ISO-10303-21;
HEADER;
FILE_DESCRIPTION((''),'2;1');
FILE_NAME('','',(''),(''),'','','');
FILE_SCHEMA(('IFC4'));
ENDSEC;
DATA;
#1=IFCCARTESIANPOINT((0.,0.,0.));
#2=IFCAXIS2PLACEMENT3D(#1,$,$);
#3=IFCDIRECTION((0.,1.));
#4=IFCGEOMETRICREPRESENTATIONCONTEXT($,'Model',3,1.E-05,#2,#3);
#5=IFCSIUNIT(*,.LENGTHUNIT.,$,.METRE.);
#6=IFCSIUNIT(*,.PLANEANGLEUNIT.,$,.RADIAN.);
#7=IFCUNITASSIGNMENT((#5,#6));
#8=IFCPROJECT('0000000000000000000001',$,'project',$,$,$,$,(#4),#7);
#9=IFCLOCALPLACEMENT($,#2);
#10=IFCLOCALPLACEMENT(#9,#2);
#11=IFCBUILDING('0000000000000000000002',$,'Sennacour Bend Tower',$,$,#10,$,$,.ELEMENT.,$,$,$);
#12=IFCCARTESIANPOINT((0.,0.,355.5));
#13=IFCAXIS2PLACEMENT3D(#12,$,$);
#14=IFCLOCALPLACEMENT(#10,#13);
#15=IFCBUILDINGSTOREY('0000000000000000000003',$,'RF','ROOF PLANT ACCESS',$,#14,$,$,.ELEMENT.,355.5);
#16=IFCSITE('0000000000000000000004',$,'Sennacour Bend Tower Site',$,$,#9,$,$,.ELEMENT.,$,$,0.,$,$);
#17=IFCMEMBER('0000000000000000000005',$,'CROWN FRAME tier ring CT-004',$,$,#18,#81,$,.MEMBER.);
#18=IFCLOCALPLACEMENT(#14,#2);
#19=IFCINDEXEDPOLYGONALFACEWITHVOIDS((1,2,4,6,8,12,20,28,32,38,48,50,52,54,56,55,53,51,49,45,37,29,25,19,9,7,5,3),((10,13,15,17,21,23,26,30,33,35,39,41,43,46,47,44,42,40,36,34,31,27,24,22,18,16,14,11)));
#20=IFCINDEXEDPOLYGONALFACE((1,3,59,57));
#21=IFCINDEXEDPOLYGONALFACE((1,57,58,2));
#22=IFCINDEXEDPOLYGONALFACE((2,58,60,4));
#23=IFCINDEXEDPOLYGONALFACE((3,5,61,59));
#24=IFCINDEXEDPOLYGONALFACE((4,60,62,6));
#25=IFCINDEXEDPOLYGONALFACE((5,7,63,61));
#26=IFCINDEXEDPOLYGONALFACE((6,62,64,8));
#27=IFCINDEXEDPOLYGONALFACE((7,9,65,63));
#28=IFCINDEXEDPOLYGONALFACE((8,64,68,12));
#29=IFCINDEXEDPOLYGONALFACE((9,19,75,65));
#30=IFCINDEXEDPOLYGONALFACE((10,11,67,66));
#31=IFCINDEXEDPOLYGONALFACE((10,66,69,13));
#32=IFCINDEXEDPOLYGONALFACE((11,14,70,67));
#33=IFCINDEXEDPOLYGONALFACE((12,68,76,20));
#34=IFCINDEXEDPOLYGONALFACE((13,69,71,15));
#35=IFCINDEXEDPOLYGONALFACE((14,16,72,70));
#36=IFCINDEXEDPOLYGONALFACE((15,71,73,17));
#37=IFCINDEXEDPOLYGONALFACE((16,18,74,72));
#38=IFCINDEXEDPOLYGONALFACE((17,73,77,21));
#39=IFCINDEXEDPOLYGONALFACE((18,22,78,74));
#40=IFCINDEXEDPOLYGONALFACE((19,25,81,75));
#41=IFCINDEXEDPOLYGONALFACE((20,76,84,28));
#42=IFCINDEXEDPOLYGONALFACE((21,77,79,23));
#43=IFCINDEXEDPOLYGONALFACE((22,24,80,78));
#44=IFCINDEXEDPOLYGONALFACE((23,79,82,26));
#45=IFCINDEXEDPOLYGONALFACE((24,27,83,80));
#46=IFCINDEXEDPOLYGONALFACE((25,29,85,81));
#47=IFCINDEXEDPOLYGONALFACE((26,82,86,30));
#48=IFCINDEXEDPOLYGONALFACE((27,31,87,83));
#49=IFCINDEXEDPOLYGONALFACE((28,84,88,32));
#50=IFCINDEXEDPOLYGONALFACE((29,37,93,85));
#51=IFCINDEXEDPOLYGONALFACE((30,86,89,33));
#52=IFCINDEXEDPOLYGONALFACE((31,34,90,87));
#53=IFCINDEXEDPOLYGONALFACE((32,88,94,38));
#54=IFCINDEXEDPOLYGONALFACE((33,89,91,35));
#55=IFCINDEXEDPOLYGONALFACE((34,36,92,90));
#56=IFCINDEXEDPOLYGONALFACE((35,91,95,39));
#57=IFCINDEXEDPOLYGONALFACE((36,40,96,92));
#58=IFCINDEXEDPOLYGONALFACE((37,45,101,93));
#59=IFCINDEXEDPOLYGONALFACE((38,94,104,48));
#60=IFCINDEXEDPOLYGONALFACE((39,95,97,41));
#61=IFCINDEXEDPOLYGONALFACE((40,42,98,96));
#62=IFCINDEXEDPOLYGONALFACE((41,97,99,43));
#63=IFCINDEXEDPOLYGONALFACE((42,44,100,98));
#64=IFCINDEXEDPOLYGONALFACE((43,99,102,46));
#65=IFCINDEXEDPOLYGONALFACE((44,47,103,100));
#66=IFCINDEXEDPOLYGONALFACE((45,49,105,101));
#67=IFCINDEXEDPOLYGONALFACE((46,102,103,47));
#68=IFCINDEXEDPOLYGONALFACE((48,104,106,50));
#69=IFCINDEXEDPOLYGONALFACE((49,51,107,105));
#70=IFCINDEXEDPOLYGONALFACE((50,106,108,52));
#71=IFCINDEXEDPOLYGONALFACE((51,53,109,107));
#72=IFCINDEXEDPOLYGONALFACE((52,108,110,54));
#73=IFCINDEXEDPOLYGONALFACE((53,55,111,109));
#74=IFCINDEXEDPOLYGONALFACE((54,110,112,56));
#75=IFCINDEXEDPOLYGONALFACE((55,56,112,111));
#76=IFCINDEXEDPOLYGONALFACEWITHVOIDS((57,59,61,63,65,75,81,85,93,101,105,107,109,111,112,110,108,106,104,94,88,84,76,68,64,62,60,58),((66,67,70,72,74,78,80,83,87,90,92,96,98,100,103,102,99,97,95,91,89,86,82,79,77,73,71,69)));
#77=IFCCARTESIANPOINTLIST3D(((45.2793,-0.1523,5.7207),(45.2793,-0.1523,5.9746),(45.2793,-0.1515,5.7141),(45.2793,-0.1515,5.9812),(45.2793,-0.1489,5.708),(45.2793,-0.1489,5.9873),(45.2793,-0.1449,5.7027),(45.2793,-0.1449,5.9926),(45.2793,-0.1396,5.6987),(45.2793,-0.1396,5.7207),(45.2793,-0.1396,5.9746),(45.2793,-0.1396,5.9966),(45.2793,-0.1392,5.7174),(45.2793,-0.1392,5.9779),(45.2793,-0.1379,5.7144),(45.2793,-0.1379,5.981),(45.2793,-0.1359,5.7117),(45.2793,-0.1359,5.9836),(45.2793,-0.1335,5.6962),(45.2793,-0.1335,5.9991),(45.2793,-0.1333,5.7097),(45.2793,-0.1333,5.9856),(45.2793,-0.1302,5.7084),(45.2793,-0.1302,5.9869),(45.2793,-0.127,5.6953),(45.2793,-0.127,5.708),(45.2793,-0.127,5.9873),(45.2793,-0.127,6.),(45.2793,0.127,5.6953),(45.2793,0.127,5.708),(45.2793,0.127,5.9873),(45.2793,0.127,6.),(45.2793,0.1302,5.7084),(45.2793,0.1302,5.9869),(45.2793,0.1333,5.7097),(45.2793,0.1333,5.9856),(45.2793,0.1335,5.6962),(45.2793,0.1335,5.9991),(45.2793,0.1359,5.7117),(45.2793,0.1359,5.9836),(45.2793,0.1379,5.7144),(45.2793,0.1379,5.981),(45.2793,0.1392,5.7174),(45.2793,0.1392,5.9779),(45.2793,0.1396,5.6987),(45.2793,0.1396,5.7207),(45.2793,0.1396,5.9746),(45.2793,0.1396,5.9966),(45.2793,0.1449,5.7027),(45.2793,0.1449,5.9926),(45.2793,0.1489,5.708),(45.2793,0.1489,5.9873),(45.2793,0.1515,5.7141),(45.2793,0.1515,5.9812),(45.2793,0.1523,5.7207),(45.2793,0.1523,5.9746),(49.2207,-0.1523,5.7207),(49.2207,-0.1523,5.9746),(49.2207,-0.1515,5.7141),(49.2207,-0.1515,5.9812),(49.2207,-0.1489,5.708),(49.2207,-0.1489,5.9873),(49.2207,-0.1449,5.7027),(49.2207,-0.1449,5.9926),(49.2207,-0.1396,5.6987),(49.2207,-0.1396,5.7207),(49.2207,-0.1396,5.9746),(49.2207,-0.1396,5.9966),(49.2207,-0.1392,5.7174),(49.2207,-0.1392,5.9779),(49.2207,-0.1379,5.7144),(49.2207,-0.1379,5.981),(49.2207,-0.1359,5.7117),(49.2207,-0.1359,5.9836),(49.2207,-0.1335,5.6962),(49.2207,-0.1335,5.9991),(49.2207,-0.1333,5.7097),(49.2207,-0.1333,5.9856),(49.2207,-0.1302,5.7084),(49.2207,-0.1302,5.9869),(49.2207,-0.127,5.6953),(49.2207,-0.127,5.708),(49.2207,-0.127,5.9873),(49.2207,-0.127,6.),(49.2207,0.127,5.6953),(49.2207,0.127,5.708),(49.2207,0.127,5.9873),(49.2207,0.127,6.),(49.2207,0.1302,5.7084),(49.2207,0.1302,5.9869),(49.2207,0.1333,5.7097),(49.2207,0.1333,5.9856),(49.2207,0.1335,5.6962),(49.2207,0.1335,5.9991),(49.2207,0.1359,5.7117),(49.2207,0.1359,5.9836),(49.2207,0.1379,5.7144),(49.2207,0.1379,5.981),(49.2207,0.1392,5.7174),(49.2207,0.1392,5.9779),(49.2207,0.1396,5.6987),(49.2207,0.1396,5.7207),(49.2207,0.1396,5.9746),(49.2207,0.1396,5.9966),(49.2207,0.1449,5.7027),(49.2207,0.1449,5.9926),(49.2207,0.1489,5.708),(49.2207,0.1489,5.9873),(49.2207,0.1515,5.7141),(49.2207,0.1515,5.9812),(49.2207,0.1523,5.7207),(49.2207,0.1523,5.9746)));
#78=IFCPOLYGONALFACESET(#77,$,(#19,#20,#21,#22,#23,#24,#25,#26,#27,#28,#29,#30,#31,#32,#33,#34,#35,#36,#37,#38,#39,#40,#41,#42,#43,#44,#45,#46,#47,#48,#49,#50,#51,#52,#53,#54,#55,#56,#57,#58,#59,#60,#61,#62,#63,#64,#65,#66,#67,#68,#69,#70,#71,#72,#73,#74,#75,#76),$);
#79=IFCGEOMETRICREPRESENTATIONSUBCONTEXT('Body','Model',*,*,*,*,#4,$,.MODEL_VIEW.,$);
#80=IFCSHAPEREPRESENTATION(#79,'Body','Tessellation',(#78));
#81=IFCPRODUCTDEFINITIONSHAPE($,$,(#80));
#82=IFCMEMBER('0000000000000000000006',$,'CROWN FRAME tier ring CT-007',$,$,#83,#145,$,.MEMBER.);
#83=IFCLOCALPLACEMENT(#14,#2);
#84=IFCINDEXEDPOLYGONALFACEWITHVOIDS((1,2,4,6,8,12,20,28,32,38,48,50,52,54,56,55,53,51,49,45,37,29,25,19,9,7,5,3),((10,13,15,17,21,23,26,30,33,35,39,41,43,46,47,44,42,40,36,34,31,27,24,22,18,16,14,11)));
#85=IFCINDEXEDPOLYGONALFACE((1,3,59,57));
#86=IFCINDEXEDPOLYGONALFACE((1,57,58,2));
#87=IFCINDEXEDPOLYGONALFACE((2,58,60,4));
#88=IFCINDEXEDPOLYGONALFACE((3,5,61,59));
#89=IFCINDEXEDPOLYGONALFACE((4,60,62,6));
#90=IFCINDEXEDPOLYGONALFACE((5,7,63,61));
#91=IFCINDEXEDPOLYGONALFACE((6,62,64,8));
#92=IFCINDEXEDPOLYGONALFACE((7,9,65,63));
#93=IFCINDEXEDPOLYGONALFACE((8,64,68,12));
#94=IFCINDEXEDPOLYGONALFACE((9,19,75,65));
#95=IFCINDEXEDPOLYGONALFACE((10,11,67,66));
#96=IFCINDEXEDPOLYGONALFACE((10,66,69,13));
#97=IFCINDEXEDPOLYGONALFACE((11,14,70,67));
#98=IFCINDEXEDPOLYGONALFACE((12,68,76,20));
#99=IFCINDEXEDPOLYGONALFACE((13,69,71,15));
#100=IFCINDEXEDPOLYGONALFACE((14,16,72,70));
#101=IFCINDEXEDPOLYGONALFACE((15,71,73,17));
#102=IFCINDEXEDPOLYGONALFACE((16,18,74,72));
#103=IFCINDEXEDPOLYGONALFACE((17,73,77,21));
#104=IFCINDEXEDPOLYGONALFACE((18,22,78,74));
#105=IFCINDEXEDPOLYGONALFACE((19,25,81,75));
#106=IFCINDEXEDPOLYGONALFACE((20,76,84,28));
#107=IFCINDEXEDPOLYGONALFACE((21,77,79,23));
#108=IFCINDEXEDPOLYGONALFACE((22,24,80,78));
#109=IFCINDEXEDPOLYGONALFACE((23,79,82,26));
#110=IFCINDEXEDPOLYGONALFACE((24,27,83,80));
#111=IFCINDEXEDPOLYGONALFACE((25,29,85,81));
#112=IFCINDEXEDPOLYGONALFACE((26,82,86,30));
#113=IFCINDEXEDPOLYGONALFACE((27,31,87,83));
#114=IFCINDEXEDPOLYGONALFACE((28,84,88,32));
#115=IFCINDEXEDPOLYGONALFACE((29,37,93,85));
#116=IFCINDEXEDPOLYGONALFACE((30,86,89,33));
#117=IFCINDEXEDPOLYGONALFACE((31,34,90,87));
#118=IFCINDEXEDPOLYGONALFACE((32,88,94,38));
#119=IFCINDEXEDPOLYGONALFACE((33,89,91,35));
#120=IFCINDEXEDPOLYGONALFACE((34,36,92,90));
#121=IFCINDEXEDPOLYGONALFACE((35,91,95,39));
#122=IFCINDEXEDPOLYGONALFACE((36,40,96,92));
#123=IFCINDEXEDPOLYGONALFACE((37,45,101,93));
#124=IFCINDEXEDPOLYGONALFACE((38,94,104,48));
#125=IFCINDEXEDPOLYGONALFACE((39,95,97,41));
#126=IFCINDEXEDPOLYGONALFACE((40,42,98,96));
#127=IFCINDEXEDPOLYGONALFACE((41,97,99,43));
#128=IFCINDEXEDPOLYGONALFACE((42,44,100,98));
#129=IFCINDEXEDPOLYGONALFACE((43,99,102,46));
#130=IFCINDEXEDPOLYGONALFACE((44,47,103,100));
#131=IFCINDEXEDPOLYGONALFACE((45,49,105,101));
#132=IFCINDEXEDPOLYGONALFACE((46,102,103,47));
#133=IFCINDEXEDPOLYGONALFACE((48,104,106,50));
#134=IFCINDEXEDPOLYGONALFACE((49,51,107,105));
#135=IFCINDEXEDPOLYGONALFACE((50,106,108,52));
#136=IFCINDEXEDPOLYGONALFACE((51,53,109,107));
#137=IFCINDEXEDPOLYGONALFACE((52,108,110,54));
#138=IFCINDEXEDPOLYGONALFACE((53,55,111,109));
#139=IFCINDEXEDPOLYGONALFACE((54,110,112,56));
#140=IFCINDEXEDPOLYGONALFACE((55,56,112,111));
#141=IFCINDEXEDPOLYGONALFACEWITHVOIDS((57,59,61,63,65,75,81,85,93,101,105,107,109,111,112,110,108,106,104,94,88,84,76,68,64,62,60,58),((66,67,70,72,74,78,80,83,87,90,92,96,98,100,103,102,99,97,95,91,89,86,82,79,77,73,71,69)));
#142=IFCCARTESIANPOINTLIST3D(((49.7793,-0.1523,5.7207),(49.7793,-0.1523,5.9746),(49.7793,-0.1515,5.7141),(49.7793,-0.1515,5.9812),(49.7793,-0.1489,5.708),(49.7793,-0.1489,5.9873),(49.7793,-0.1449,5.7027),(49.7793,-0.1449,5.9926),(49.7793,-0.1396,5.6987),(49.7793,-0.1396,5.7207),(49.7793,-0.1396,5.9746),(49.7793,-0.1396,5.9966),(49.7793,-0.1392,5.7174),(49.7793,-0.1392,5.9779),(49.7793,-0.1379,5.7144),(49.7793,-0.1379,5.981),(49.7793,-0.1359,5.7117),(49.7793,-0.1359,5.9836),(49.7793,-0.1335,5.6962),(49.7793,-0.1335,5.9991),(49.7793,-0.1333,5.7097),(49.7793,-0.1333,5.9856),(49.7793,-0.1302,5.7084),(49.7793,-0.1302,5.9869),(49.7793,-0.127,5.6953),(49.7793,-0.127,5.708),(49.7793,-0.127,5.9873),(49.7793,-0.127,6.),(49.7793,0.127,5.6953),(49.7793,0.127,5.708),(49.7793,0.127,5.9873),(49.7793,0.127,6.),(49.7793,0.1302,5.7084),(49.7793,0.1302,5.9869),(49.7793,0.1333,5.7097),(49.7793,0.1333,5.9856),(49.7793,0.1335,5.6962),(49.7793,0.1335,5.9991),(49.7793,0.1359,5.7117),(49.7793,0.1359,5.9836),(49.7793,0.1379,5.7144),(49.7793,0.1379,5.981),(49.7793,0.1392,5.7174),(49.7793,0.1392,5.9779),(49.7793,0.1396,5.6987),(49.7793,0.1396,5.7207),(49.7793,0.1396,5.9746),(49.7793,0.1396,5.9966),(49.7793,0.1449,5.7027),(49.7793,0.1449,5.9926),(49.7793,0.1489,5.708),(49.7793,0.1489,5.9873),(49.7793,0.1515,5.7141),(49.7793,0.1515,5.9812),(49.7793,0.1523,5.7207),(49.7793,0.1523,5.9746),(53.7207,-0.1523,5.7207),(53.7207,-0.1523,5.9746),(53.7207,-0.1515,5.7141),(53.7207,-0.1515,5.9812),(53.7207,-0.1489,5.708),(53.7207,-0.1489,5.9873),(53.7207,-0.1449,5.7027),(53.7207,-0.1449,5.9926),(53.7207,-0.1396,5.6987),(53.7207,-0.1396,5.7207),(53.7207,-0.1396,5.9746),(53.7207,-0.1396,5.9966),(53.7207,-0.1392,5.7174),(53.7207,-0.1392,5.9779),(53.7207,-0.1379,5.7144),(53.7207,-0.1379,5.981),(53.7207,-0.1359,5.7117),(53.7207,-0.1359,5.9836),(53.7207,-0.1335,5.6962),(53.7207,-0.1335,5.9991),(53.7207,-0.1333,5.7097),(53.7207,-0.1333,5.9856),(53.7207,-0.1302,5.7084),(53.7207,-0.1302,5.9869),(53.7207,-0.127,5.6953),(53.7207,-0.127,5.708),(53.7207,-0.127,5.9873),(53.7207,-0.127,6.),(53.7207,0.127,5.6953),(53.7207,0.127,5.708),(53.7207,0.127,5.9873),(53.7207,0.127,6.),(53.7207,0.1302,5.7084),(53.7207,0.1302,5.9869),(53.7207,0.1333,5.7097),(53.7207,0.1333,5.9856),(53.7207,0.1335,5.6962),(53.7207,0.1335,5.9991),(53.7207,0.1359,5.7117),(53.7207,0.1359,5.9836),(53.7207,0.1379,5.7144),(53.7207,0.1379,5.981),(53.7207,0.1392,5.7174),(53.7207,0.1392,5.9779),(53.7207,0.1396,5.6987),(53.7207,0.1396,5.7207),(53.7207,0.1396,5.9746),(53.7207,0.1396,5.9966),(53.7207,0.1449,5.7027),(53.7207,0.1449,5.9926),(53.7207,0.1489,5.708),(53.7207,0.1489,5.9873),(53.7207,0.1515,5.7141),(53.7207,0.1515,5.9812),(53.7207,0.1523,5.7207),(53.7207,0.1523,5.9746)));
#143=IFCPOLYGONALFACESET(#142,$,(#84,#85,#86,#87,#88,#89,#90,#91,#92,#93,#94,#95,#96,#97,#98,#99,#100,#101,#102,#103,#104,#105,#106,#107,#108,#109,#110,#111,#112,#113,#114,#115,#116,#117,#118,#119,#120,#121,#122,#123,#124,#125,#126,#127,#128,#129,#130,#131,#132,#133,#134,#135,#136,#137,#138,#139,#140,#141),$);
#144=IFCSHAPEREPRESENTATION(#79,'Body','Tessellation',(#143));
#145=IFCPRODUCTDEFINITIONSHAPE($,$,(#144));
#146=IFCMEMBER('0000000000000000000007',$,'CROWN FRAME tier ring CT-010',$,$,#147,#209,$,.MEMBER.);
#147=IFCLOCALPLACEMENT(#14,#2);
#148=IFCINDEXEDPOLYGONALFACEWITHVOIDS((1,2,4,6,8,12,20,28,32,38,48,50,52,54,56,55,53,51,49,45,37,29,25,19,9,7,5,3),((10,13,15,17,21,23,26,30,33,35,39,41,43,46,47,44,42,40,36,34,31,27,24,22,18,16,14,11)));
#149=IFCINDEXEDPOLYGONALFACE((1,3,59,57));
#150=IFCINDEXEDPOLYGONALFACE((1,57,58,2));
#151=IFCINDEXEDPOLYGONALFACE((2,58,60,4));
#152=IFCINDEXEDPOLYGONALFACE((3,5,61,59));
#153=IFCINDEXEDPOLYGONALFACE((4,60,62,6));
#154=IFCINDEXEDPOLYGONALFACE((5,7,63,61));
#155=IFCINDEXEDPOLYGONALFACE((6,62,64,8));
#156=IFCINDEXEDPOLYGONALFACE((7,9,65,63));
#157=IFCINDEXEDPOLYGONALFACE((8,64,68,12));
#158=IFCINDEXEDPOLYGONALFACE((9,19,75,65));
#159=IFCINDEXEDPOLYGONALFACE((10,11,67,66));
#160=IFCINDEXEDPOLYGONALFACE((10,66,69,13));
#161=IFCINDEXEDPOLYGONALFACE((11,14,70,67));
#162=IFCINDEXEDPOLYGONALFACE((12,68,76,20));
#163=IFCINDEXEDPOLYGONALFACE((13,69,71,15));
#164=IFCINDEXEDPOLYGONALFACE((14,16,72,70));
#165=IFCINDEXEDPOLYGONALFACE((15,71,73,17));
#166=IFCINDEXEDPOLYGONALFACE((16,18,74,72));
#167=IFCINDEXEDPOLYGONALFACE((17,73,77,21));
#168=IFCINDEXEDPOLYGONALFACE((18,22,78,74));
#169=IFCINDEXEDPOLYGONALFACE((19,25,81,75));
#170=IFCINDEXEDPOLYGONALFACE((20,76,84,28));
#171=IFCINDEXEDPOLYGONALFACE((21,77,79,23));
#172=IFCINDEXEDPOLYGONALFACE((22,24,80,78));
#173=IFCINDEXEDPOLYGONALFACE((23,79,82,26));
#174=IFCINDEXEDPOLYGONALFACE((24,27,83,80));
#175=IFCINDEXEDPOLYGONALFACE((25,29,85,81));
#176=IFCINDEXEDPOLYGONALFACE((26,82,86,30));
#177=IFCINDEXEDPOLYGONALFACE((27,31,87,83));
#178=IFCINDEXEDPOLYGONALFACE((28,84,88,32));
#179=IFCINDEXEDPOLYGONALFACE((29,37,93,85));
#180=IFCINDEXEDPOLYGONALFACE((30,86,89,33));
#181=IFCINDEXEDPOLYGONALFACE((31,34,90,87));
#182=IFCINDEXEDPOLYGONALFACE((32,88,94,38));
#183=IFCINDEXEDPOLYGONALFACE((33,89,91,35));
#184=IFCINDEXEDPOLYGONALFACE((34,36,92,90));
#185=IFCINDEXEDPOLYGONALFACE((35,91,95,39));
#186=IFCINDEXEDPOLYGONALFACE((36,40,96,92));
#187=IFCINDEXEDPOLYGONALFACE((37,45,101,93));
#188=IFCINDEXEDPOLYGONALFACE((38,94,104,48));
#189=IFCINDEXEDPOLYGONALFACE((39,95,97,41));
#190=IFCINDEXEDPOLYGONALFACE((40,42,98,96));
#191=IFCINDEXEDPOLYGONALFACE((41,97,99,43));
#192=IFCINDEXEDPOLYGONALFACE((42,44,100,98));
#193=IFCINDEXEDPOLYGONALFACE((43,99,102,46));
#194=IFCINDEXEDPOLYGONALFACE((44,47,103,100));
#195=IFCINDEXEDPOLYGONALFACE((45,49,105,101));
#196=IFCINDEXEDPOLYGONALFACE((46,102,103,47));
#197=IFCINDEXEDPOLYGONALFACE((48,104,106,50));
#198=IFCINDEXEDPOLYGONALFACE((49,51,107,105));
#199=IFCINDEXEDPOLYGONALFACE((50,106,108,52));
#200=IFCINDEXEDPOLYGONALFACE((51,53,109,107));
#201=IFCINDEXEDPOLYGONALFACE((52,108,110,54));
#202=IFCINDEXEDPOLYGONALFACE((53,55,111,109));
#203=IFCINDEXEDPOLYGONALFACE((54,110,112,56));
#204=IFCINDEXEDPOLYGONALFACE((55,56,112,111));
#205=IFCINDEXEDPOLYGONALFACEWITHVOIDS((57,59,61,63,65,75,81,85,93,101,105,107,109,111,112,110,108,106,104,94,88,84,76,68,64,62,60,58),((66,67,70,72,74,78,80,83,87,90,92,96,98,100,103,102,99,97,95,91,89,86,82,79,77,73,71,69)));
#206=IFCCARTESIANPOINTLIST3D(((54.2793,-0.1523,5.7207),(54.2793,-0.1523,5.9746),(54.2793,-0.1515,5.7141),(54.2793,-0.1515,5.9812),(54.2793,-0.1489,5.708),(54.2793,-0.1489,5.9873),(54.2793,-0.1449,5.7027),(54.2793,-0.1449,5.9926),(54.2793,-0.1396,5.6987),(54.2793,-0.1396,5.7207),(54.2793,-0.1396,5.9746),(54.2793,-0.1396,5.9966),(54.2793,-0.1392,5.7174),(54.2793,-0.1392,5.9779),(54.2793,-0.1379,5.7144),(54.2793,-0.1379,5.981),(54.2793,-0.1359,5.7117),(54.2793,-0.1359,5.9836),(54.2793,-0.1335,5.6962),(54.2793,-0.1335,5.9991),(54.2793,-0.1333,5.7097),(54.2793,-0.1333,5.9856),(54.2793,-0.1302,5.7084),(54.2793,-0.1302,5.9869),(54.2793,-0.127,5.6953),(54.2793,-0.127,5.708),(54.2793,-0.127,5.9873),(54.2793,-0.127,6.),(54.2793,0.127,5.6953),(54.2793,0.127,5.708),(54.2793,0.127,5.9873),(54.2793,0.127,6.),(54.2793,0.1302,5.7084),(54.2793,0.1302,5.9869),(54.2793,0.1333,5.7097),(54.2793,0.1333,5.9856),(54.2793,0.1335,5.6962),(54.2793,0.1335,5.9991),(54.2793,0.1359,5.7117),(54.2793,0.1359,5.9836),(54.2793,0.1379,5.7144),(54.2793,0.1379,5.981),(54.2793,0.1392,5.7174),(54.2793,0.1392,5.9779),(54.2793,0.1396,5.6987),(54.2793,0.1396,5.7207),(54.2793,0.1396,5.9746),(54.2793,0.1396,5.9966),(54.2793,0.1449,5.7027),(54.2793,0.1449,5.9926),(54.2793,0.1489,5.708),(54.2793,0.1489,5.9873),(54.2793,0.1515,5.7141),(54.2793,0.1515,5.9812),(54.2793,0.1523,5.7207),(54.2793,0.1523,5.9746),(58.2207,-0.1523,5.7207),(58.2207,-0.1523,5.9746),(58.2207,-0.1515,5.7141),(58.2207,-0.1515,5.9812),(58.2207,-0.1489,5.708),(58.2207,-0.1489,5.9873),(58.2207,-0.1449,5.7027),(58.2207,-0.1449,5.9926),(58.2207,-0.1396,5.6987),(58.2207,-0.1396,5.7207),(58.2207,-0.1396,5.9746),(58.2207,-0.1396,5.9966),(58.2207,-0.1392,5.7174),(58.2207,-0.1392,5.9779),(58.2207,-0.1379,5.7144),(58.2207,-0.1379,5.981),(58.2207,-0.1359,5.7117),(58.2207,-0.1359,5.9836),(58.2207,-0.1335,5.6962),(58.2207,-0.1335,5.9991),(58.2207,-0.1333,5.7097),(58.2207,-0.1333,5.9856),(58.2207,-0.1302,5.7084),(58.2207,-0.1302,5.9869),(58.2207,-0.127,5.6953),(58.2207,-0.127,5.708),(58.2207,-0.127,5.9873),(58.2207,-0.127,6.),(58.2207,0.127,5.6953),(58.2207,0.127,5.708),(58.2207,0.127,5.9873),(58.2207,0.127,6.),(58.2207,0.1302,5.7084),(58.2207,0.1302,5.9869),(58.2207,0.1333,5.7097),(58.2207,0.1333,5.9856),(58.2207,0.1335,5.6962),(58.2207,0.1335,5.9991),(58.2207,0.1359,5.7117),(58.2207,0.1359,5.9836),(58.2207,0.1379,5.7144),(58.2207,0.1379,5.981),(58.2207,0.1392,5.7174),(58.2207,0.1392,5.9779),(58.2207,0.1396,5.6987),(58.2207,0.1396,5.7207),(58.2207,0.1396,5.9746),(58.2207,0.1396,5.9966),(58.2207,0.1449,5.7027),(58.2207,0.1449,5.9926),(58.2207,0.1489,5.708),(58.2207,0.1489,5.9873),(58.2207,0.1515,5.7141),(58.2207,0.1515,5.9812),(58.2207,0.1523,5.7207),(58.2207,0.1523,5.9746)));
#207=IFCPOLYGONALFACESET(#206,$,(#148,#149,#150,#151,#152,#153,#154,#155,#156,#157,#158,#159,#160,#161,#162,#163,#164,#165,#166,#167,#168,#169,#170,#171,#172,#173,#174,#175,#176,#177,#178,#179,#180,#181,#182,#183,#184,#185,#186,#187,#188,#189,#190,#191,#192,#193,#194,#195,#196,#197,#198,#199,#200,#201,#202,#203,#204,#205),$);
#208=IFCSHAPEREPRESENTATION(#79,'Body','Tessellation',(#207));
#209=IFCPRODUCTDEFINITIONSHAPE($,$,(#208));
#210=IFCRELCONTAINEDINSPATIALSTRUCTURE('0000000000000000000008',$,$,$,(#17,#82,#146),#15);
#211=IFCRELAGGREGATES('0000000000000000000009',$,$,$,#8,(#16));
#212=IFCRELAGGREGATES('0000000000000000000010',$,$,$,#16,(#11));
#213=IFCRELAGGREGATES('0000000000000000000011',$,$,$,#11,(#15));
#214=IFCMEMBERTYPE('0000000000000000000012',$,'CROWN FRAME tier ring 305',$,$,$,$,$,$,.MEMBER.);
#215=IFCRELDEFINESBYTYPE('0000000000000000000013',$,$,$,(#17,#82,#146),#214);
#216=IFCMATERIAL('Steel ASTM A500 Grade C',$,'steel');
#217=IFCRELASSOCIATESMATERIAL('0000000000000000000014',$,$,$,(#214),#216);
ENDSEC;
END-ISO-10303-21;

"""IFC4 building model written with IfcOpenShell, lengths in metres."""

from ifc_helpers import new_model, si_unit, direction, frame, origin, origin_2d, place, context, subcontext, project, spatial, hollow_rectangle, extrude, material, material_profile, profile_set, type_object, element, save


model = new_model("IFC4")

# Units and contexts
model_context = context("Model", 3, precision=1e-05, world=origin(), true_north=direction((0.0, 1.0)))
body_context = subcontext(model_context, "Body", "Model", "MODEL_VIEW")
ifc_project = project(units=[si_unit("LENGTHUNIT", "METRE"), si_unit("PLANEANGLEUNIT", "RADIAN")], contexts=[model_context])

# Site, building, storey
site_placement = place(None, origin())
site = spatial("IfcSite", under=ifc_project, at=site_placement, Name="Sennacour Bend Tower Site", CompositionType="ELEMENT", RefElevation=0.0)
building_placement = place(site_placement, origin())
building = spatial("IfcBuilding", under=site, at=building_placement, Name="Sennacour Bend Tower", CompositionType="ELEMENT")
storey_placement = place(building_placement, frame((0.0, 0.0, 355.5)))
storey = spatial("IfcBuildingStorey", under=building, at=storey_placement, Name="RF", Description="ROOF PLANT ACCESS", CompositionType="ELEMENT", Elevation=355.5)

# Shared definitions
ifc_material_1 = material(Name="Steel ASTM A500 Grade C", Category="steel")

# Members
ifc_material_profile_1 = material_profile(ifc_material_1, hollow_rectangle(XDim=0.3047, YDim=0.3047, WallThickness=0.0127, InnerFilletRadius=0.0127, OuterFilletRadius=0.0254, at=origin_2d()), Name="Steel ASTM A500 Grade C", Category="steel")
ifc_profile_set_1 = profile_set([ifc_material_profile_1], Name="Steel ASTM A500 Grade C")
member_type_1 = type_object("IfcMemberType", Name="CROWN FRAME tier ring 305", PredefinedType="MEMBER", material=ifc_profile_set_1)
for number, where, z_axis, x_axis, name in (
    (1, (45.2793, 0.0, 5.8477), (1.0, 0.0, 0.0), (0.0, 1.0, 0.0), "CROWN FRAME tier ring CT-004"),
    (2, (49.7793, 0.0, 5.8477), (1.0, 0.0, 0.0), (0.0, 1.0, 0.0), "CROWN FRAME tier ring CT-007"),
    (3, (54.2793, 0.0, 5.8477), (1.0, 0.0, 0.0), (0.0, 1.0, 0.0), "CROWN FRAME tier ring CT-010"),
):
    element("IfcMember", number, at=place(storey_placement, frame(where, z_axis=z_axis, x_axis=x_axis)), inside=storey, type_object=member_type_1, Name=name, PredefinedType="MEMBER", context=body_context, shape_type="SweptSolid", body=[
        extrude(hollow_rectangle(XDim=0.3047, YDim=0.3047, WallThickness=0.0127, InnerFilletRadius=0.0127, OuterFilletRadius=0.0254, at=origin_2d()), origin(), (0.0, 0.0, 1.0), 3.9414),
    ])

save(model, "model.ifc")
